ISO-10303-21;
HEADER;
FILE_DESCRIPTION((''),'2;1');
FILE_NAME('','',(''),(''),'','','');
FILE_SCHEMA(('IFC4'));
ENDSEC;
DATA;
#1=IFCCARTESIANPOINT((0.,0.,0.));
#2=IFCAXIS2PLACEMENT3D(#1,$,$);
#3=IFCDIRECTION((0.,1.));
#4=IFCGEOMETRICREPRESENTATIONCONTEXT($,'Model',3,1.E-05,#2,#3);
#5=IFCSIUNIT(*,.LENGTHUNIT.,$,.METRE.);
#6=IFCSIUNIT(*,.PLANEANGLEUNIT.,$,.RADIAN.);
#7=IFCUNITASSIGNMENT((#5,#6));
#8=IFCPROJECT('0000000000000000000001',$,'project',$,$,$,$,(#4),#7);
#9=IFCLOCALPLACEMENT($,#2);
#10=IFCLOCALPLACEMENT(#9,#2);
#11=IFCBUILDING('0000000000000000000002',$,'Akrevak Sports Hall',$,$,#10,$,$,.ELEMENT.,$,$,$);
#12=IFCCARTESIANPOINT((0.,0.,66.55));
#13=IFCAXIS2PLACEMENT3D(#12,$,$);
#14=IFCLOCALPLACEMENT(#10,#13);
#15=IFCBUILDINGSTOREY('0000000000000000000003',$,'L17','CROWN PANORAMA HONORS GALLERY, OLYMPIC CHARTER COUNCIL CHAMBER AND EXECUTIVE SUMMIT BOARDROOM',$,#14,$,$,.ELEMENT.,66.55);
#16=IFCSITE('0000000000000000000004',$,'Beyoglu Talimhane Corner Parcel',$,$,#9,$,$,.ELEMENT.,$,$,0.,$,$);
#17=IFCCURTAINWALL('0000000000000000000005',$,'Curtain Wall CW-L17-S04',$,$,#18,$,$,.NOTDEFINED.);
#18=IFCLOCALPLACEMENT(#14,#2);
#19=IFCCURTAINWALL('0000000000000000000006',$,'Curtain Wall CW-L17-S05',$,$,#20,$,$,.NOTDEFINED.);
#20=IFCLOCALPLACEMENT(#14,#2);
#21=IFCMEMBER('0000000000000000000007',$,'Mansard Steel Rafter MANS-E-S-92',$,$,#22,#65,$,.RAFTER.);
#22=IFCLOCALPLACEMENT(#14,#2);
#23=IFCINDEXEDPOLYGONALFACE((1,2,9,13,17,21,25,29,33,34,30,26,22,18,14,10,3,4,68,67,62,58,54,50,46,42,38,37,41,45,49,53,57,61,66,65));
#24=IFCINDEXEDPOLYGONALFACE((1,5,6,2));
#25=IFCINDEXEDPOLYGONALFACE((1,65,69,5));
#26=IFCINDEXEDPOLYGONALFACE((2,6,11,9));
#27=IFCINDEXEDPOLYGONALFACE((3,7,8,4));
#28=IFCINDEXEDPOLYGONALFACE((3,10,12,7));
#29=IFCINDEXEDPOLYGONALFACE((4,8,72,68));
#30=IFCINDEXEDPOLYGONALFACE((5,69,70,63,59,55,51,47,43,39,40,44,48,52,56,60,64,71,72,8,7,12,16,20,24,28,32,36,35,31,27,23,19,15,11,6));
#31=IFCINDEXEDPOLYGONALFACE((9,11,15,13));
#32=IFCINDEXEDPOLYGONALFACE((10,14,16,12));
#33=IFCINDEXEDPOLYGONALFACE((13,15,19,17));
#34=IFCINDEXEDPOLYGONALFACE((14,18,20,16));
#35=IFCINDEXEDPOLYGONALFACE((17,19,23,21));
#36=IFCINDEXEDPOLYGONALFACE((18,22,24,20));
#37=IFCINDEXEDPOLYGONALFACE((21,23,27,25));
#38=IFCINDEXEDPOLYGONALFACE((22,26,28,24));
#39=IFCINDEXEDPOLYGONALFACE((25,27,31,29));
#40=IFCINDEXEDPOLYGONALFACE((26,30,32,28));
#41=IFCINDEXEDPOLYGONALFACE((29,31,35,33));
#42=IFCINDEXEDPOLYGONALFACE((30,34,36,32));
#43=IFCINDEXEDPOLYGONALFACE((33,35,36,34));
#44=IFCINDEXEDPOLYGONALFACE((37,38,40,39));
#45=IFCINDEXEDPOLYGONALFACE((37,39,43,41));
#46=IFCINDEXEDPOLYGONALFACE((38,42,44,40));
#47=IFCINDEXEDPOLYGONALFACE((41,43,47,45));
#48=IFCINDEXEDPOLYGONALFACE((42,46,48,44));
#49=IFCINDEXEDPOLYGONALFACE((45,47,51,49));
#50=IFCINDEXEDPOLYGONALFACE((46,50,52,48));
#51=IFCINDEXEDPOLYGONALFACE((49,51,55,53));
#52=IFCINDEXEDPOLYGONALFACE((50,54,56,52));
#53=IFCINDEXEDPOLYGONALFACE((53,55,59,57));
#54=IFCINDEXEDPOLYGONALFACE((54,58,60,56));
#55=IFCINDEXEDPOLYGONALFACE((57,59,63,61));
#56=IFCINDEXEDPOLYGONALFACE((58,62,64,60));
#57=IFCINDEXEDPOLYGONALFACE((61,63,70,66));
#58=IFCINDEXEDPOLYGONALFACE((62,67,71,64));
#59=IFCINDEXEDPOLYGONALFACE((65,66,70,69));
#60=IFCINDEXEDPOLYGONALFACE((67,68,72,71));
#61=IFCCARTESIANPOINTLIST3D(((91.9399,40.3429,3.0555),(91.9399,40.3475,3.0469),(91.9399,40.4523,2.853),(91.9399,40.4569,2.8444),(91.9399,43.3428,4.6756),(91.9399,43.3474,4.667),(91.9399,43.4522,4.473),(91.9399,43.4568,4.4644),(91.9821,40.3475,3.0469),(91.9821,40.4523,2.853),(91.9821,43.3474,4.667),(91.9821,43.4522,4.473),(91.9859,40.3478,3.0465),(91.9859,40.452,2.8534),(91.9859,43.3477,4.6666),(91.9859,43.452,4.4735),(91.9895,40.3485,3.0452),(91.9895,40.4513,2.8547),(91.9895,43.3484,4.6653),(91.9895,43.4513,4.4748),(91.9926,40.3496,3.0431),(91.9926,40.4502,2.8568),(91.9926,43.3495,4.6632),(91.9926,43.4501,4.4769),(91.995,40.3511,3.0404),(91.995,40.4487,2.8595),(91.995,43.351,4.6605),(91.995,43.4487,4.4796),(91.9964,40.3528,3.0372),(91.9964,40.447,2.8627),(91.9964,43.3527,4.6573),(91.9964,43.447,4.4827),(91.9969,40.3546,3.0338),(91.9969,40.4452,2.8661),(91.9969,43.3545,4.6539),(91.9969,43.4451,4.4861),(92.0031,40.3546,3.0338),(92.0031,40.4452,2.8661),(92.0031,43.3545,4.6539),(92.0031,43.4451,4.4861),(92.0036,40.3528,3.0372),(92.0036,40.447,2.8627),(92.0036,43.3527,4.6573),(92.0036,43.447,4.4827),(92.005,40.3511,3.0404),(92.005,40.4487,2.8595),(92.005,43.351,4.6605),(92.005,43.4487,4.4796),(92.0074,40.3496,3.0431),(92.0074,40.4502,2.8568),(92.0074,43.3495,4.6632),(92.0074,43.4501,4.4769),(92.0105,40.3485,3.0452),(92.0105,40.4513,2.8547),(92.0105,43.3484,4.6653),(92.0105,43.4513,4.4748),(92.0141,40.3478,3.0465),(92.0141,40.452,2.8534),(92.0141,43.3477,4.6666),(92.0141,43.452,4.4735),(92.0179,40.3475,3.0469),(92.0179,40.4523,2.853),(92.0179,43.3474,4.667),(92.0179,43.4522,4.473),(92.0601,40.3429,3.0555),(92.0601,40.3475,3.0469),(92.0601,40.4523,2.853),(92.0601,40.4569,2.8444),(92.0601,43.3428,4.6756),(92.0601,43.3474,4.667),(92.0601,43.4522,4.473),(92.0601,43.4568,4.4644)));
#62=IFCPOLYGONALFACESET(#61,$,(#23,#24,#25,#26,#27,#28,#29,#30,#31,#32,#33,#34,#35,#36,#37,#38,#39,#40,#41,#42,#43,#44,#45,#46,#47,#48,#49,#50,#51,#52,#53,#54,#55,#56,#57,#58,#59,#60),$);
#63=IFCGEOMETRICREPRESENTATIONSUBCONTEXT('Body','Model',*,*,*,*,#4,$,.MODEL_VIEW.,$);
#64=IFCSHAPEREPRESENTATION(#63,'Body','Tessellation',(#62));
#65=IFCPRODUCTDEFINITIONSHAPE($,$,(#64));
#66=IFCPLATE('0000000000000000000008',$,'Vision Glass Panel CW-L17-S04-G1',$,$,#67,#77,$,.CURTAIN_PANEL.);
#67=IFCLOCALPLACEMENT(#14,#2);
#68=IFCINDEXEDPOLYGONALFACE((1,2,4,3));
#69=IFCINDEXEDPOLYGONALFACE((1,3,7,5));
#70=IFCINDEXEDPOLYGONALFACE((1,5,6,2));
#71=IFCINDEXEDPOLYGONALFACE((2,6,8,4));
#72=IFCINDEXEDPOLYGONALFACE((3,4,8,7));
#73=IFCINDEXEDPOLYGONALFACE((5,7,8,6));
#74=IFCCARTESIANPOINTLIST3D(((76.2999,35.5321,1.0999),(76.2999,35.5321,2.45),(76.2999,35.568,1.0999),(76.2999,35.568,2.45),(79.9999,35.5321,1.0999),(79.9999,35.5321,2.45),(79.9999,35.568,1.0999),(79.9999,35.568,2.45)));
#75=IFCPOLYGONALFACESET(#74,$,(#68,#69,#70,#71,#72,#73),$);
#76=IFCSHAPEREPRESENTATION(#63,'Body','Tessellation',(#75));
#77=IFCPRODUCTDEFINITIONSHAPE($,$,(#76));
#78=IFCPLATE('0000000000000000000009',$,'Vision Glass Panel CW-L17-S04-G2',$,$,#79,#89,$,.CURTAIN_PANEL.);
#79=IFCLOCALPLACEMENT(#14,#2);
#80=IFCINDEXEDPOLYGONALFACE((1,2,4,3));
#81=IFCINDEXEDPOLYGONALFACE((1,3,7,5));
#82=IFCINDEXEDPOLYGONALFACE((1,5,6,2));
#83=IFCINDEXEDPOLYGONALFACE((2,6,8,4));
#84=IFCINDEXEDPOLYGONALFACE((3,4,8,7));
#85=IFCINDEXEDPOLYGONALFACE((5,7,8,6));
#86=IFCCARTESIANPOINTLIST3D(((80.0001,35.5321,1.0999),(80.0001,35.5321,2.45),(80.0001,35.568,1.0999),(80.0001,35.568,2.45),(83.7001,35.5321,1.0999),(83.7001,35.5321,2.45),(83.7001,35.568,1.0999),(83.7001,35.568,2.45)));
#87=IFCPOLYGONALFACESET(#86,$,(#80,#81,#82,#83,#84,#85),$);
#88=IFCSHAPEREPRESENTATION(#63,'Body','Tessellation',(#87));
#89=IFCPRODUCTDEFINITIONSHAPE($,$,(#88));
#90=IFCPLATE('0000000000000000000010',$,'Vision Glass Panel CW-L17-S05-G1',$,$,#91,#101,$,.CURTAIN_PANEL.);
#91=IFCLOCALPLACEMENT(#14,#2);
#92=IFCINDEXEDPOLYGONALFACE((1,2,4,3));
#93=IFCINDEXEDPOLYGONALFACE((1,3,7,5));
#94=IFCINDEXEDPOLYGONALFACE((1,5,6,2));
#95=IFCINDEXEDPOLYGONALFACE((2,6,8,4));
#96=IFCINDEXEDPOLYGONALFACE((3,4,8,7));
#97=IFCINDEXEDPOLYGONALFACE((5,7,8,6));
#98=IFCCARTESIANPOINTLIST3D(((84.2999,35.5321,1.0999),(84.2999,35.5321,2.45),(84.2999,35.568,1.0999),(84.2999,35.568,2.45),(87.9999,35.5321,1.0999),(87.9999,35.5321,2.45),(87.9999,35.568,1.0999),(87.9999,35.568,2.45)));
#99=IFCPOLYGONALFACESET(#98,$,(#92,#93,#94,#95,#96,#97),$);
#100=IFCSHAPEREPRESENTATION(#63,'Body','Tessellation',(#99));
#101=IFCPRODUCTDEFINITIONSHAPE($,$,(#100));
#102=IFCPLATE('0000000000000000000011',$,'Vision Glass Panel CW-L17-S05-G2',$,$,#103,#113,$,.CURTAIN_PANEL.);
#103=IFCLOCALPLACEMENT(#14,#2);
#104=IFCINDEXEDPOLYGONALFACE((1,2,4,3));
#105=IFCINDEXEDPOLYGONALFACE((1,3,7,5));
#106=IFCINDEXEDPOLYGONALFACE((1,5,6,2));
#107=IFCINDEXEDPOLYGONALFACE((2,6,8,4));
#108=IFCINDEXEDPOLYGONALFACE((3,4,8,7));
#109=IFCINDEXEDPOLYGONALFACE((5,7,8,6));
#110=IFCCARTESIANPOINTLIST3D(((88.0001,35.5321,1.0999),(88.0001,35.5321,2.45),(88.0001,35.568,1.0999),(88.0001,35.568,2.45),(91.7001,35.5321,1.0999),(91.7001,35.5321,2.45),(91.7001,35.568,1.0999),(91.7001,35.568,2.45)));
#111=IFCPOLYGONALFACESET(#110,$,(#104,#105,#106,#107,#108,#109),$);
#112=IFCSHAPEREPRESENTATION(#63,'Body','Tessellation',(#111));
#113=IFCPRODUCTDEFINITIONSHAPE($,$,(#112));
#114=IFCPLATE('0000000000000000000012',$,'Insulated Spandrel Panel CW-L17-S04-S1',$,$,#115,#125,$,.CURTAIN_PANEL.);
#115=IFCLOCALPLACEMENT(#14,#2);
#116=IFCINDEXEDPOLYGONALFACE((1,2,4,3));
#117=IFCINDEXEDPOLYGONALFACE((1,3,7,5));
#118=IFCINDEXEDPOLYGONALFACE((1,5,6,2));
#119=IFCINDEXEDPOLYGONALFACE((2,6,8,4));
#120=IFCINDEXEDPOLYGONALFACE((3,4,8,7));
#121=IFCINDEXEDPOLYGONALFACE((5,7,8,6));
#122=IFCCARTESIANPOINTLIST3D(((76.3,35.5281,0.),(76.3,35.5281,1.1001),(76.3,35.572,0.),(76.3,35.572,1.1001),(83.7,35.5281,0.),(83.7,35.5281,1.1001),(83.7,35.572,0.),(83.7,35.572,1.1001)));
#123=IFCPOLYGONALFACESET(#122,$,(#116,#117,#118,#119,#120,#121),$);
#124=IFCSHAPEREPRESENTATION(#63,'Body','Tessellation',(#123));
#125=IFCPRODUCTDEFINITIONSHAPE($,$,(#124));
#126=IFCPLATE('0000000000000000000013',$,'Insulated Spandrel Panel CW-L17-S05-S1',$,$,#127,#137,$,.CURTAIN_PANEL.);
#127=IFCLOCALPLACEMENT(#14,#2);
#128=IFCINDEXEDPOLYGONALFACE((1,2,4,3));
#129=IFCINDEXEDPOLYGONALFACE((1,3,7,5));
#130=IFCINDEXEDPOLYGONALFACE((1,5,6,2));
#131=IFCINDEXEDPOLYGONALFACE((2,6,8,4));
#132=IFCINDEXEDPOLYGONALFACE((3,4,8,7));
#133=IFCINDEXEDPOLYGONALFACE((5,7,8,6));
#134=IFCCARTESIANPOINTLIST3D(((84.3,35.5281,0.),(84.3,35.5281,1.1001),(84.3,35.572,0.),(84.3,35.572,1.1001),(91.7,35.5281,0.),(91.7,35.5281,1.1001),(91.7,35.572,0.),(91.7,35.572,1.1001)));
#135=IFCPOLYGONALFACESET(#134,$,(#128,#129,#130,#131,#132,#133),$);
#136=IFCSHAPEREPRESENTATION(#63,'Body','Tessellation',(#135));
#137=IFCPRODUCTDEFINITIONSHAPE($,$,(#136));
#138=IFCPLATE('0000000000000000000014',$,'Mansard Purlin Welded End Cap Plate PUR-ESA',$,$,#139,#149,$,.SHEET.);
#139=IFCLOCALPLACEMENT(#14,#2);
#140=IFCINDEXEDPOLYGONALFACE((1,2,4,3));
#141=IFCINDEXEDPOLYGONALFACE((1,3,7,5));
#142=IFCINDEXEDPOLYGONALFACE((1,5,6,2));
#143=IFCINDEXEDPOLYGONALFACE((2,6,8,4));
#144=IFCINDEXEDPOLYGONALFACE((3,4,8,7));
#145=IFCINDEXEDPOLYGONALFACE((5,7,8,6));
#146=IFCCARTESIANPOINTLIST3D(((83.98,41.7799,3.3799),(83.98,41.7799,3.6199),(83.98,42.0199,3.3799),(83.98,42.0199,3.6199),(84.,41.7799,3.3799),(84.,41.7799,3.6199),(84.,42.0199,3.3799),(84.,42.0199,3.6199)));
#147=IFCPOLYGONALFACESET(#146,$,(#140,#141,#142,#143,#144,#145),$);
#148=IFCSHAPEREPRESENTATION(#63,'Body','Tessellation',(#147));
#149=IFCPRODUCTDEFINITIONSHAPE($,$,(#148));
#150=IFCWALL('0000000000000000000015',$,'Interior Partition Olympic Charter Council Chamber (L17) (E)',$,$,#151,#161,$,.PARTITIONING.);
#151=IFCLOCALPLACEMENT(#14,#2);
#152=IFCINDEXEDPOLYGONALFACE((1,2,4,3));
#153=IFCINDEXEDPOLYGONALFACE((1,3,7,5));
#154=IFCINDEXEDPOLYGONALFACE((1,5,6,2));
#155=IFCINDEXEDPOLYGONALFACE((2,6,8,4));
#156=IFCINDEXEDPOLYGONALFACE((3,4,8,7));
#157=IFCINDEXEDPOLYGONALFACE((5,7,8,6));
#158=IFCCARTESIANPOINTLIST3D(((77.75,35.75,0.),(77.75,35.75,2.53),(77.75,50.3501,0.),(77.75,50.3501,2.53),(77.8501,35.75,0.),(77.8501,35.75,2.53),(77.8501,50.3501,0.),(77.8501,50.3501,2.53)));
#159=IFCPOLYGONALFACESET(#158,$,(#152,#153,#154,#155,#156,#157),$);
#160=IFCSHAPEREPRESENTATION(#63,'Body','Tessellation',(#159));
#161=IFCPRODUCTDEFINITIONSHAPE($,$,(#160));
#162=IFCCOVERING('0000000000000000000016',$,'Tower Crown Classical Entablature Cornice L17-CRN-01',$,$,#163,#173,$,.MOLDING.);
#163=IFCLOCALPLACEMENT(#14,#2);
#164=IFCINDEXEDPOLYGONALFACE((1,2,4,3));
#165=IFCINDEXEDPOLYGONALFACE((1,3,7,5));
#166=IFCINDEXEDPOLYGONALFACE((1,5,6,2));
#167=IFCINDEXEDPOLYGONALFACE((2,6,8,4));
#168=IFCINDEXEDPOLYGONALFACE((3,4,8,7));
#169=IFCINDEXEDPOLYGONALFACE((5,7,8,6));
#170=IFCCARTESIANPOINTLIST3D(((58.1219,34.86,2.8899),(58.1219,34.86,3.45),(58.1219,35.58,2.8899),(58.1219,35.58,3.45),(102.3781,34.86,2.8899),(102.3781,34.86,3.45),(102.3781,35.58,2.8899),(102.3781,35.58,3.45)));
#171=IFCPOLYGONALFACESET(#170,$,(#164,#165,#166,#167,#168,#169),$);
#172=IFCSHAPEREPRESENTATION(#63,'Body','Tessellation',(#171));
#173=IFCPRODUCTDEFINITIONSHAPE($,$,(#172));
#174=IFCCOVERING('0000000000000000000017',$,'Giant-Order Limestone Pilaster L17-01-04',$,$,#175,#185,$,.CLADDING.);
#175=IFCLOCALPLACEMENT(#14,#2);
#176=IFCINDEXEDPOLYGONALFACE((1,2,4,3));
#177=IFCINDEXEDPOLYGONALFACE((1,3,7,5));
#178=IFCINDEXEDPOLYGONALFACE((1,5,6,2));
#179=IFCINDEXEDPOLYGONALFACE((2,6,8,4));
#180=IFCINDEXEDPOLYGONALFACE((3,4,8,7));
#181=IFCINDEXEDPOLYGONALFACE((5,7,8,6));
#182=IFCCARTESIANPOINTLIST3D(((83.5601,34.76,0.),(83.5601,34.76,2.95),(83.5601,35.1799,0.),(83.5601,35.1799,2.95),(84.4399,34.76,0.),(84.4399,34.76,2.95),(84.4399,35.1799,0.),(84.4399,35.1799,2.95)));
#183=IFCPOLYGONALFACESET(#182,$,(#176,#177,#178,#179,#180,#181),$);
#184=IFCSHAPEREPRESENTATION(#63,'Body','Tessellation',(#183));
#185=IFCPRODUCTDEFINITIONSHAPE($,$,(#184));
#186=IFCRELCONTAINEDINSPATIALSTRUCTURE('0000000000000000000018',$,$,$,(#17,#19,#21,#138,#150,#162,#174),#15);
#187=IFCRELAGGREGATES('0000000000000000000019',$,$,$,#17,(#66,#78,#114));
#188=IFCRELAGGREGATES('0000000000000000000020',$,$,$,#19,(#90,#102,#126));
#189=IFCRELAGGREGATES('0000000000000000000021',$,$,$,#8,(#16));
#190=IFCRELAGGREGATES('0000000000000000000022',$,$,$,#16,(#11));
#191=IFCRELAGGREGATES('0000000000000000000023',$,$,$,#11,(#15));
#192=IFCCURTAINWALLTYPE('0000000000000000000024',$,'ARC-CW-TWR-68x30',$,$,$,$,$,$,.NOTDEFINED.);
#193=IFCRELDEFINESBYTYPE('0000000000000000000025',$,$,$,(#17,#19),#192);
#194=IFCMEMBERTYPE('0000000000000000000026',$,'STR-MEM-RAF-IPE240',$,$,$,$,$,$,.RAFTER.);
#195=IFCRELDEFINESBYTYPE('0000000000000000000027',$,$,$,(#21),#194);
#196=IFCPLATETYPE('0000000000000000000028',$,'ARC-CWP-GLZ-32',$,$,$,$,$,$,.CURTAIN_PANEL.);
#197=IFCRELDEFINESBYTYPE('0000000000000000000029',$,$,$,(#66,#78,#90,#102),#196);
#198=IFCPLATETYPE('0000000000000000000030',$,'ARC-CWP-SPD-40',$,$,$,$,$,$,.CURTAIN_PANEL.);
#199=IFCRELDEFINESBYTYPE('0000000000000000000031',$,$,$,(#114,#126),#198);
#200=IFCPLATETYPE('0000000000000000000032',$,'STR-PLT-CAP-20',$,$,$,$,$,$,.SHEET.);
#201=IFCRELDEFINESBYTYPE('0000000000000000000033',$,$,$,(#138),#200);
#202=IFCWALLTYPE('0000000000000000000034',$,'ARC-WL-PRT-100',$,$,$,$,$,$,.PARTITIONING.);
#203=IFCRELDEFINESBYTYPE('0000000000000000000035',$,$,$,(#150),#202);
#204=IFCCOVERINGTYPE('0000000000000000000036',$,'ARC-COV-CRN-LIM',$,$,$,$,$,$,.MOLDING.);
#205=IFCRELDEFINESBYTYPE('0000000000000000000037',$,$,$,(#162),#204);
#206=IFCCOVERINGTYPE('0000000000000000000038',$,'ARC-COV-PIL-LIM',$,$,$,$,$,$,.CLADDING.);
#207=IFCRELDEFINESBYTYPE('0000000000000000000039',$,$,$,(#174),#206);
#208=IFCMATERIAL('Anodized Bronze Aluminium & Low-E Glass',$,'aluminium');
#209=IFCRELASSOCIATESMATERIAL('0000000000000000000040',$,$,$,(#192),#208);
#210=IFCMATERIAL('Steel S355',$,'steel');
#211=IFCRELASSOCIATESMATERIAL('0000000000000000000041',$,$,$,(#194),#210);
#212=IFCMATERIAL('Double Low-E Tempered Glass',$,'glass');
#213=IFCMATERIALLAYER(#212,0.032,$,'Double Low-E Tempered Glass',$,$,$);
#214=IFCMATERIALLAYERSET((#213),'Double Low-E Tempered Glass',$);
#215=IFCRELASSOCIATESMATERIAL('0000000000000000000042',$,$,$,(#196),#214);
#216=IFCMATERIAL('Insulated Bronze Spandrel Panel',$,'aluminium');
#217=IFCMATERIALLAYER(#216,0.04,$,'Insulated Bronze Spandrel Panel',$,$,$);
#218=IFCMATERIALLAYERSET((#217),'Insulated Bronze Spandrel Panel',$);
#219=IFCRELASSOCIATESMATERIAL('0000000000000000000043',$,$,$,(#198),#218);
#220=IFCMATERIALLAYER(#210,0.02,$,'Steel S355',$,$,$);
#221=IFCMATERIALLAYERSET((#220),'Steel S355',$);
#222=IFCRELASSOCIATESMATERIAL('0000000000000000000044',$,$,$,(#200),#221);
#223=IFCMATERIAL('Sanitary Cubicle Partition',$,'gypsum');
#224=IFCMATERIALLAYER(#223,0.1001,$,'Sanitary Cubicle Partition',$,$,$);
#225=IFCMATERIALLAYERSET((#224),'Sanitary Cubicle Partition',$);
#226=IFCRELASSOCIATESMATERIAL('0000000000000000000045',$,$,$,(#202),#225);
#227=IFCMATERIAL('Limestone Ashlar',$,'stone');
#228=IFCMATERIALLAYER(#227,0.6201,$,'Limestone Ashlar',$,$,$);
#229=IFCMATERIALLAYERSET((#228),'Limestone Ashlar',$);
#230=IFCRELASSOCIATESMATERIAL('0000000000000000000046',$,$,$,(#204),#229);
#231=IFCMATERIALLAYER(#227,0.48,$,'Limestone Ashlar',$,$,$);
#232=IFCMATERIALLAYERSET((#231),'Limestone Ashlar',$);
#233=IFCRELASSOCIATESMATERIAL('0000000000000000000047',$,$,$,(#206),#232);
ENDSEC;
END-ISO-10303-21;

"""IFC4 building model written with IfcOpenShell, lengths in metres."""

from ifc_helpers import new_model, si_unit, direction, frame, frame_2d, origin, origin_2d, place, context, subcontext, project, spatial, rectangle, i_section, extrude, material, layer, layer_set, material_profile, profile_set, type_object, element, aggregate, save


model = new_model("IFC4")

# Units and contexts
model_context = context("Model", 3, precision=1e-05, world=origin(), true_north=direction((0.0, 1.0)))
body_context = subcontext(model_context, "Body", "Model", "MODEL_VIEW")
ifc_project = project(units=[si_unit("LENGTHUNIT", "METRE"), si_unit("PLANEANGLEUNIT", "RADIAN")], contexts=[model_context])

# Site, building, storey
site_placement = place(None, origin())
site = spatial("IfcSite", under=ifc_project, at=site_placement, Name="Beyoglu Talimhane Corner Parcel", CompositionType="ELEMENT", RefElevation=0.0)
building_placement = place(site_placement, origin())
building = spatial("IfcBuilding", under=site, at=building_placement, Name="Akrevak Sports Hall", CompositionType="ELEMENT")
storey_placement = place(building_placement, frame((0.0, 0.0, 66.55)))
storey = spatial("IfcBuildingStorey", under=building, at=storey_placement, Name="L17", Description="CROWN PANORAMA HONORS GALLERY, OLYMPIC CHARTER COUNCIL CHAMBER AND EXECUTIVE SUMMIT BOARDROOM", CompositionType="ELEMENT", Elevation=66.55)

# Curtain walls
ifc_material_1 = material(Name="Anodized Bronze Aluminium & Low-E Glass", Category="aluminium")
curtain_wall_type = type_object("IfcCurtainWallType", Name="ARC-CW-TWR-68x30", PredefinedType="NOTDEFINED", material=ifc_material_1)
curtain_wall_1_placement = place(storey_placement, origin())
curtain_wall_1 = element("IfcCurtainWall", 1, at=curtain_wall_1_placement, inside=storey, type_object=curtain_wall_type, Name="Curtain Wall CW-L17-S04", PredefinedType="NOTDEFINED")
curtain_wall_2_placement = place(storey_placement, origin())
curtain_wall_2 = element("IfcCurtainWall", 2, at=curtain_wall_2_placement, inside=storey, type_object=curtain_wall_type, Name="Curtain Wall CW-L17-S05", PredefinedType="NOTDEFINED")

# Member
ifc_material_2 = material(Name="Steel S355", Category="steel")
ifc_material_profile_1 = material_profile(ifc_material_2, i_section(OverallWidth=0.1201, OverallDepth=0.24, WebThickness=0.0061, FlangeThickness=0.0098, FilletRadius=0.0149, at=origin_2d()), Name="IPE 240", Category="steel")
ifc_profile_set_1 = profile_set([ifc_material_profile_1], Name="Steel S355")
member_type_1 = type_object("IfcMemberType", Name="STR-MEM-RAF-IPE240", PredefinedType="RAFTER", material=ifc_profile_set_1)
for number, where, z_axis, x_axis, name in (
    (3, (92.0, 40.3999, 2.95), (0.0, 0.879891, 0.475176), (-1.0, 0.0, 0.0), "Mansard Steel Rafter MANS-E-S-92"),
):
    element("IfcMember", number, at=place(storey_placement, frame(where, z_axis=z_axis, x_axis=x_axis)), inside=storey, type_object=member_type_1, Name=name, PredefinedType="RAFTER", context=body_context, shape_type="SweptSolid", body=[
        extrude(i_section(OverallWidth=0.1201, OverallDepth=0.24, WebThickness=0.0061, FlangeThickness=0.0098, FilletRadius=0.0149, at=origin_2d()), origin(), (0.0, 0.0, 1.0), 3.4094),
    ])

# Plates
ifc_material_3 = material(Name="Double Low-E Tempered Glass", Category="glass")
ifc_layer_1 = layer(ifc_material_3, 0.032, Name="Double Low-E Tempered Glass")
ifc_layer_set_1 = layer_set([ifc_layer_1], Name="Double Low-E Tempered Glass")
plate_type_1 = type_object("IfcPlateType", Name="ARC-CWP-GLZ-32", PredefinedType="CURTAIN_PANEL", material=ifc_layer_set_1)
plate_1_placement = place(storey_placement, frame((78.1499, 35.55, 1.0999), z_axis=(0.0, 0.0, 1.0), x_axis=(1.0, 0.0, 0.0)))
plate_1 = element("IfcPlate", 4, at=plate_1_placement, type_object=plate_type_1, Name="Vision Glass Panel CW-L17-S04-G1", PredefinedType="CURTAIN_PANEL", context=body_context, shape_type="SweptSolid", body=[
    extrude(rectangle(XDim=3.7, YDim=0.0359, at=origin_2d()), origin(), (0.0, 0.0, 1.0), 1.3501),
])
plate_2_placement = place(storey_placement, frame((81.8501, 35.55, 1.0999), z_axis=(0.0, 0.0, 1.0), x_axis=(1.0, 0.0, 0.0)))
plate_2 = element("IfcPlate", 5, at=plate_2_placement, type_object=plate_type_1, Name="Vision Glass Panel CW-L17-S04-G2", PredefinedType="CURTAIN_PANEL", context=body_context, shape_type="SweptSolid", body=[
    extrude(rectangle(XDim=3.7, YDim=0.0359, at=origin_2d()), origin(), (0.0, 0.0, 1.0), 1.3501),
])
plate_3_placement = place(storey_placement, frame((86.1499, 35.55, 1.0999), z_axis=(0.0, 0.0, 1.0), x_axis=(1.0, 0.0, 0.0)))
plate_3 = element("IfcPlate", 6, at=plate_3_placement, type_object=plate_type_1, Name="Vision Glass Panel CW-L17-S05-G1", PredefinedType="CURTAIN_PANEL", context=body_context, shape_type="SweptSolid", body=[
    extrude(rectangle(XDim=3.7, YDim=0.0359, at=origin_2d()), origin(), (0.0, 0.0, 1.0), 1.3501),
])
plate_4_placement = place(storey_placement, frame((89.8501, 35.55, 1.0999), z_axis=(0.0, 0.0, 1.0), x_axis=(1.0, 0.0, 0.0)))
plate_4 = element("IfcPlate", 7, at=plate_4_placement, type_object=plate_type_1, Name="Vision Glass Panel CW-L17-S05-G2", PredefinedType="CURTAIN_PANEL", context=body_context, shape_type="SweptSolid", body=[
    extrude(rectangle(XDim=3.7, YDim=0.0359, at=origin_2d()), origin(), (0.0, 0.0, 1.0), 1.3501),
])
ifc_material_4 = material(Name="Insulated Bronze Spandrel Panel", Category="aluminium")
ifc_layer_2 = layer(ifc_material_4, 0.04, Name="Insulated Bronze Spandrel Panel")
ifc_layer_set_2 = layer_set([ifc_layer_2], Name="Insulated Bronze Spandrel Panel")
plate_type_2 = type_object("IfcPlateType", Name="ARC-CWP-SPD-40", PredefinedType="CURTAIN_PANEL", material=ifc_layer_set_2)
plate_5_placement = place(storey_placement, frame((80.0, 35.55, 0.0), z_axis=(0.0, 0.0, 1.0), x_axis=(1.0, 0.0, 0.0)))
plate_5 = element("IfcPlate", 8, at=plate_5_placement, type_object=plate_type_2, Name="Insulated Spandrel Panel CW-L17-S04-S1", PredefinedType="CURTAIN_PANEL", context=body_context, shape_type="SweptSolid", body=[
    extrude(rectangle(XDim=7.3999, YDim=0.0439, at=origin_2d()), origin(), (0.0, 0.0, 1.0), 1.1001),
])
aggregate(curtain_wall_1, [plate_1, plate_2, plate_5])
plate_6_placement = place(storey_placement, frame((88.0, 35.55, 0.0), z_axis=(0.0, 0.0, 1.0), x_axis=(1.0, 0.0, 0.0)))
plate_6 = element("IfcPlate", 9, at=plate_6_placement, type_object=plate_type_2, Name="Insulated Spandrel Panel CW-L17-S05-S1", PredefinedType="CURTAIN_PANEL", context=body_context, shape_type="SweptSolid", body=[
    extrude(rectangle(XDim=7.3999, YDim=0.0439, at=origin_2d()), origin(), (0.0, 0.0, 1.0), 1.1001),
])
aggregate(curtain_wall_2, [plate_3, plate_4, plate_6])
ifc_layer_3 = layer(ifc_material_2, 0.02, Name="Steel S355")
ifc_layer_set_3 = layer_set([ifc_layer_3], Name="Steel S355")
plate_type_3 = type_object("IfcPlateType", Name="STR-PLT-CAP-20", PredefinedType="SHEET", material=ifc_layer_set_3)
plate_7_placement = place(storey_placement, frame((83.99, 41.8999, 3.3799), z_axis=(0.0, 0.0, 1.0), x_axis=(1.0, 0.0, 0.0)))
element("IfcPlate", 10, at=plate_7_placement, inside=storey, type_object=plate_type_3, Name="Mansard Purlin Welded End Cap Plate PUR-ESA", PredefinedType="SHEET", context=body_context, shape_type="SweptSolid", body=[
    extrude(rectangle(XDim=0.02, YDim=0.24, at=origin_2d()), origin(), (0.0, 0.0, 1.0), 0.24),
])

# Wall
ifc_material_5 = material(Name="Sanitary Cubicle Partition", Category="gypsum")
ifc_layer_4 = layer(ifc_material_5, 0.1001, Name="Sanitary Cubicle Partition")
ifc_layer_set_4 = layer_set([ifc_layer_4], Name="Sanitary Cubicle Partition")
wall_type = type_object("IfcWallType", Name="ARC-WL-PRT-100", PredefinedType="PARTITIONING", material=ifc_layer_set_4)
wall_placement = place(storey_placement, frame((77.8, 35.75, 0.0), z_axis=(0.0, 0.0, 1.0), x_axis=(0.0, 1.0, 0.0)))
element("IfcWall", 11, at=wall_placement, inside=storey, type_object=wall_type, Name="Interior Partition Olympic Charter Council Chamber (L17) (E)", PredefinedType="PARTITIONING", context=body_context, shape_type="SweptSolid", body=[
    extrude(rectangle(XDim=14.6001, YDim=0.1001, at=frame_2d((7.3, 0.0))), origin(), (0.0, 0.0, 1.0), 2.53),
])

# Coverings
ifc_material_6 = material(Name="Limestone Ashlar", Category="stone")
ifc_layer_5 = layer(ifc_material_6, 0.6201, Name="Limestone Ashlar")
ifc_layer_set_5 = layer_set([ifc_layer_5], Name="Limestone Ashlar")
covering_type_1 = type_object("IfcCoveringType", Name="ARC-COV-CRN-LIM", PredefinedType="MOLDING", material=ifc_layer_set_5)
covering_placement = place(storey_placement, frame((80.25, 35.22, 2.8899), z_axis=(0.0, 0.0, 1.0), x_axis=(1.0, 0.0, 0.0)))
element("IfcCovering", 12, at=covering_placement, inside=storey, type_object=covering_type_1, Name="Tower Crown Classical Entablature Cornice L17-CRN-01", PredefinedType="MOLDING", context=body_context, shape_type="SweptSolid", body=[
    extrude(rectangle(XDim=44.2561, YDim=0.72, at=origin_2d()), origin(), (0.0, 0.0, 1.0), 0.5601),
])
ifc_layer_6 = layer(ifc_material_6, 0.48, Name="Limestone Ashlar")
ifc_layer_set_6 = layer_set([ifc_layer_6], Name="Limestone Ashlar")
covering_type_2 = type_object("IfcCoveringType", Name="ARC-COV-PIL-LIM", PredefinedType="CLADDING", material=ifc_layer_set_6)
for number, where, z_axis, x_axis, name in (
    (13, (84.0, 34.97, 0.0), (0.0, 0.0, 1.0), (1.0, 0.0, 0.0), "Giant-Order Limestone Pilaster L17-01-04"),
):
    element("IfcCovering", number, at=place(storey_placement, frame(where, z_axis=z_axis, x_axis=x_axis)), inside=storey, type_object=covering_type_2, Name=name, PredefinedType="CLADDING", context=body_context, shape_type="SweptSolid", body=[
        extrude(rectangle(XDim=0.8799, YDim=0.4199, at=origin_2d()), origin(), (0.0, 0.0, 1.0), 2.95),
    ])

save(model, "model.ifc")
